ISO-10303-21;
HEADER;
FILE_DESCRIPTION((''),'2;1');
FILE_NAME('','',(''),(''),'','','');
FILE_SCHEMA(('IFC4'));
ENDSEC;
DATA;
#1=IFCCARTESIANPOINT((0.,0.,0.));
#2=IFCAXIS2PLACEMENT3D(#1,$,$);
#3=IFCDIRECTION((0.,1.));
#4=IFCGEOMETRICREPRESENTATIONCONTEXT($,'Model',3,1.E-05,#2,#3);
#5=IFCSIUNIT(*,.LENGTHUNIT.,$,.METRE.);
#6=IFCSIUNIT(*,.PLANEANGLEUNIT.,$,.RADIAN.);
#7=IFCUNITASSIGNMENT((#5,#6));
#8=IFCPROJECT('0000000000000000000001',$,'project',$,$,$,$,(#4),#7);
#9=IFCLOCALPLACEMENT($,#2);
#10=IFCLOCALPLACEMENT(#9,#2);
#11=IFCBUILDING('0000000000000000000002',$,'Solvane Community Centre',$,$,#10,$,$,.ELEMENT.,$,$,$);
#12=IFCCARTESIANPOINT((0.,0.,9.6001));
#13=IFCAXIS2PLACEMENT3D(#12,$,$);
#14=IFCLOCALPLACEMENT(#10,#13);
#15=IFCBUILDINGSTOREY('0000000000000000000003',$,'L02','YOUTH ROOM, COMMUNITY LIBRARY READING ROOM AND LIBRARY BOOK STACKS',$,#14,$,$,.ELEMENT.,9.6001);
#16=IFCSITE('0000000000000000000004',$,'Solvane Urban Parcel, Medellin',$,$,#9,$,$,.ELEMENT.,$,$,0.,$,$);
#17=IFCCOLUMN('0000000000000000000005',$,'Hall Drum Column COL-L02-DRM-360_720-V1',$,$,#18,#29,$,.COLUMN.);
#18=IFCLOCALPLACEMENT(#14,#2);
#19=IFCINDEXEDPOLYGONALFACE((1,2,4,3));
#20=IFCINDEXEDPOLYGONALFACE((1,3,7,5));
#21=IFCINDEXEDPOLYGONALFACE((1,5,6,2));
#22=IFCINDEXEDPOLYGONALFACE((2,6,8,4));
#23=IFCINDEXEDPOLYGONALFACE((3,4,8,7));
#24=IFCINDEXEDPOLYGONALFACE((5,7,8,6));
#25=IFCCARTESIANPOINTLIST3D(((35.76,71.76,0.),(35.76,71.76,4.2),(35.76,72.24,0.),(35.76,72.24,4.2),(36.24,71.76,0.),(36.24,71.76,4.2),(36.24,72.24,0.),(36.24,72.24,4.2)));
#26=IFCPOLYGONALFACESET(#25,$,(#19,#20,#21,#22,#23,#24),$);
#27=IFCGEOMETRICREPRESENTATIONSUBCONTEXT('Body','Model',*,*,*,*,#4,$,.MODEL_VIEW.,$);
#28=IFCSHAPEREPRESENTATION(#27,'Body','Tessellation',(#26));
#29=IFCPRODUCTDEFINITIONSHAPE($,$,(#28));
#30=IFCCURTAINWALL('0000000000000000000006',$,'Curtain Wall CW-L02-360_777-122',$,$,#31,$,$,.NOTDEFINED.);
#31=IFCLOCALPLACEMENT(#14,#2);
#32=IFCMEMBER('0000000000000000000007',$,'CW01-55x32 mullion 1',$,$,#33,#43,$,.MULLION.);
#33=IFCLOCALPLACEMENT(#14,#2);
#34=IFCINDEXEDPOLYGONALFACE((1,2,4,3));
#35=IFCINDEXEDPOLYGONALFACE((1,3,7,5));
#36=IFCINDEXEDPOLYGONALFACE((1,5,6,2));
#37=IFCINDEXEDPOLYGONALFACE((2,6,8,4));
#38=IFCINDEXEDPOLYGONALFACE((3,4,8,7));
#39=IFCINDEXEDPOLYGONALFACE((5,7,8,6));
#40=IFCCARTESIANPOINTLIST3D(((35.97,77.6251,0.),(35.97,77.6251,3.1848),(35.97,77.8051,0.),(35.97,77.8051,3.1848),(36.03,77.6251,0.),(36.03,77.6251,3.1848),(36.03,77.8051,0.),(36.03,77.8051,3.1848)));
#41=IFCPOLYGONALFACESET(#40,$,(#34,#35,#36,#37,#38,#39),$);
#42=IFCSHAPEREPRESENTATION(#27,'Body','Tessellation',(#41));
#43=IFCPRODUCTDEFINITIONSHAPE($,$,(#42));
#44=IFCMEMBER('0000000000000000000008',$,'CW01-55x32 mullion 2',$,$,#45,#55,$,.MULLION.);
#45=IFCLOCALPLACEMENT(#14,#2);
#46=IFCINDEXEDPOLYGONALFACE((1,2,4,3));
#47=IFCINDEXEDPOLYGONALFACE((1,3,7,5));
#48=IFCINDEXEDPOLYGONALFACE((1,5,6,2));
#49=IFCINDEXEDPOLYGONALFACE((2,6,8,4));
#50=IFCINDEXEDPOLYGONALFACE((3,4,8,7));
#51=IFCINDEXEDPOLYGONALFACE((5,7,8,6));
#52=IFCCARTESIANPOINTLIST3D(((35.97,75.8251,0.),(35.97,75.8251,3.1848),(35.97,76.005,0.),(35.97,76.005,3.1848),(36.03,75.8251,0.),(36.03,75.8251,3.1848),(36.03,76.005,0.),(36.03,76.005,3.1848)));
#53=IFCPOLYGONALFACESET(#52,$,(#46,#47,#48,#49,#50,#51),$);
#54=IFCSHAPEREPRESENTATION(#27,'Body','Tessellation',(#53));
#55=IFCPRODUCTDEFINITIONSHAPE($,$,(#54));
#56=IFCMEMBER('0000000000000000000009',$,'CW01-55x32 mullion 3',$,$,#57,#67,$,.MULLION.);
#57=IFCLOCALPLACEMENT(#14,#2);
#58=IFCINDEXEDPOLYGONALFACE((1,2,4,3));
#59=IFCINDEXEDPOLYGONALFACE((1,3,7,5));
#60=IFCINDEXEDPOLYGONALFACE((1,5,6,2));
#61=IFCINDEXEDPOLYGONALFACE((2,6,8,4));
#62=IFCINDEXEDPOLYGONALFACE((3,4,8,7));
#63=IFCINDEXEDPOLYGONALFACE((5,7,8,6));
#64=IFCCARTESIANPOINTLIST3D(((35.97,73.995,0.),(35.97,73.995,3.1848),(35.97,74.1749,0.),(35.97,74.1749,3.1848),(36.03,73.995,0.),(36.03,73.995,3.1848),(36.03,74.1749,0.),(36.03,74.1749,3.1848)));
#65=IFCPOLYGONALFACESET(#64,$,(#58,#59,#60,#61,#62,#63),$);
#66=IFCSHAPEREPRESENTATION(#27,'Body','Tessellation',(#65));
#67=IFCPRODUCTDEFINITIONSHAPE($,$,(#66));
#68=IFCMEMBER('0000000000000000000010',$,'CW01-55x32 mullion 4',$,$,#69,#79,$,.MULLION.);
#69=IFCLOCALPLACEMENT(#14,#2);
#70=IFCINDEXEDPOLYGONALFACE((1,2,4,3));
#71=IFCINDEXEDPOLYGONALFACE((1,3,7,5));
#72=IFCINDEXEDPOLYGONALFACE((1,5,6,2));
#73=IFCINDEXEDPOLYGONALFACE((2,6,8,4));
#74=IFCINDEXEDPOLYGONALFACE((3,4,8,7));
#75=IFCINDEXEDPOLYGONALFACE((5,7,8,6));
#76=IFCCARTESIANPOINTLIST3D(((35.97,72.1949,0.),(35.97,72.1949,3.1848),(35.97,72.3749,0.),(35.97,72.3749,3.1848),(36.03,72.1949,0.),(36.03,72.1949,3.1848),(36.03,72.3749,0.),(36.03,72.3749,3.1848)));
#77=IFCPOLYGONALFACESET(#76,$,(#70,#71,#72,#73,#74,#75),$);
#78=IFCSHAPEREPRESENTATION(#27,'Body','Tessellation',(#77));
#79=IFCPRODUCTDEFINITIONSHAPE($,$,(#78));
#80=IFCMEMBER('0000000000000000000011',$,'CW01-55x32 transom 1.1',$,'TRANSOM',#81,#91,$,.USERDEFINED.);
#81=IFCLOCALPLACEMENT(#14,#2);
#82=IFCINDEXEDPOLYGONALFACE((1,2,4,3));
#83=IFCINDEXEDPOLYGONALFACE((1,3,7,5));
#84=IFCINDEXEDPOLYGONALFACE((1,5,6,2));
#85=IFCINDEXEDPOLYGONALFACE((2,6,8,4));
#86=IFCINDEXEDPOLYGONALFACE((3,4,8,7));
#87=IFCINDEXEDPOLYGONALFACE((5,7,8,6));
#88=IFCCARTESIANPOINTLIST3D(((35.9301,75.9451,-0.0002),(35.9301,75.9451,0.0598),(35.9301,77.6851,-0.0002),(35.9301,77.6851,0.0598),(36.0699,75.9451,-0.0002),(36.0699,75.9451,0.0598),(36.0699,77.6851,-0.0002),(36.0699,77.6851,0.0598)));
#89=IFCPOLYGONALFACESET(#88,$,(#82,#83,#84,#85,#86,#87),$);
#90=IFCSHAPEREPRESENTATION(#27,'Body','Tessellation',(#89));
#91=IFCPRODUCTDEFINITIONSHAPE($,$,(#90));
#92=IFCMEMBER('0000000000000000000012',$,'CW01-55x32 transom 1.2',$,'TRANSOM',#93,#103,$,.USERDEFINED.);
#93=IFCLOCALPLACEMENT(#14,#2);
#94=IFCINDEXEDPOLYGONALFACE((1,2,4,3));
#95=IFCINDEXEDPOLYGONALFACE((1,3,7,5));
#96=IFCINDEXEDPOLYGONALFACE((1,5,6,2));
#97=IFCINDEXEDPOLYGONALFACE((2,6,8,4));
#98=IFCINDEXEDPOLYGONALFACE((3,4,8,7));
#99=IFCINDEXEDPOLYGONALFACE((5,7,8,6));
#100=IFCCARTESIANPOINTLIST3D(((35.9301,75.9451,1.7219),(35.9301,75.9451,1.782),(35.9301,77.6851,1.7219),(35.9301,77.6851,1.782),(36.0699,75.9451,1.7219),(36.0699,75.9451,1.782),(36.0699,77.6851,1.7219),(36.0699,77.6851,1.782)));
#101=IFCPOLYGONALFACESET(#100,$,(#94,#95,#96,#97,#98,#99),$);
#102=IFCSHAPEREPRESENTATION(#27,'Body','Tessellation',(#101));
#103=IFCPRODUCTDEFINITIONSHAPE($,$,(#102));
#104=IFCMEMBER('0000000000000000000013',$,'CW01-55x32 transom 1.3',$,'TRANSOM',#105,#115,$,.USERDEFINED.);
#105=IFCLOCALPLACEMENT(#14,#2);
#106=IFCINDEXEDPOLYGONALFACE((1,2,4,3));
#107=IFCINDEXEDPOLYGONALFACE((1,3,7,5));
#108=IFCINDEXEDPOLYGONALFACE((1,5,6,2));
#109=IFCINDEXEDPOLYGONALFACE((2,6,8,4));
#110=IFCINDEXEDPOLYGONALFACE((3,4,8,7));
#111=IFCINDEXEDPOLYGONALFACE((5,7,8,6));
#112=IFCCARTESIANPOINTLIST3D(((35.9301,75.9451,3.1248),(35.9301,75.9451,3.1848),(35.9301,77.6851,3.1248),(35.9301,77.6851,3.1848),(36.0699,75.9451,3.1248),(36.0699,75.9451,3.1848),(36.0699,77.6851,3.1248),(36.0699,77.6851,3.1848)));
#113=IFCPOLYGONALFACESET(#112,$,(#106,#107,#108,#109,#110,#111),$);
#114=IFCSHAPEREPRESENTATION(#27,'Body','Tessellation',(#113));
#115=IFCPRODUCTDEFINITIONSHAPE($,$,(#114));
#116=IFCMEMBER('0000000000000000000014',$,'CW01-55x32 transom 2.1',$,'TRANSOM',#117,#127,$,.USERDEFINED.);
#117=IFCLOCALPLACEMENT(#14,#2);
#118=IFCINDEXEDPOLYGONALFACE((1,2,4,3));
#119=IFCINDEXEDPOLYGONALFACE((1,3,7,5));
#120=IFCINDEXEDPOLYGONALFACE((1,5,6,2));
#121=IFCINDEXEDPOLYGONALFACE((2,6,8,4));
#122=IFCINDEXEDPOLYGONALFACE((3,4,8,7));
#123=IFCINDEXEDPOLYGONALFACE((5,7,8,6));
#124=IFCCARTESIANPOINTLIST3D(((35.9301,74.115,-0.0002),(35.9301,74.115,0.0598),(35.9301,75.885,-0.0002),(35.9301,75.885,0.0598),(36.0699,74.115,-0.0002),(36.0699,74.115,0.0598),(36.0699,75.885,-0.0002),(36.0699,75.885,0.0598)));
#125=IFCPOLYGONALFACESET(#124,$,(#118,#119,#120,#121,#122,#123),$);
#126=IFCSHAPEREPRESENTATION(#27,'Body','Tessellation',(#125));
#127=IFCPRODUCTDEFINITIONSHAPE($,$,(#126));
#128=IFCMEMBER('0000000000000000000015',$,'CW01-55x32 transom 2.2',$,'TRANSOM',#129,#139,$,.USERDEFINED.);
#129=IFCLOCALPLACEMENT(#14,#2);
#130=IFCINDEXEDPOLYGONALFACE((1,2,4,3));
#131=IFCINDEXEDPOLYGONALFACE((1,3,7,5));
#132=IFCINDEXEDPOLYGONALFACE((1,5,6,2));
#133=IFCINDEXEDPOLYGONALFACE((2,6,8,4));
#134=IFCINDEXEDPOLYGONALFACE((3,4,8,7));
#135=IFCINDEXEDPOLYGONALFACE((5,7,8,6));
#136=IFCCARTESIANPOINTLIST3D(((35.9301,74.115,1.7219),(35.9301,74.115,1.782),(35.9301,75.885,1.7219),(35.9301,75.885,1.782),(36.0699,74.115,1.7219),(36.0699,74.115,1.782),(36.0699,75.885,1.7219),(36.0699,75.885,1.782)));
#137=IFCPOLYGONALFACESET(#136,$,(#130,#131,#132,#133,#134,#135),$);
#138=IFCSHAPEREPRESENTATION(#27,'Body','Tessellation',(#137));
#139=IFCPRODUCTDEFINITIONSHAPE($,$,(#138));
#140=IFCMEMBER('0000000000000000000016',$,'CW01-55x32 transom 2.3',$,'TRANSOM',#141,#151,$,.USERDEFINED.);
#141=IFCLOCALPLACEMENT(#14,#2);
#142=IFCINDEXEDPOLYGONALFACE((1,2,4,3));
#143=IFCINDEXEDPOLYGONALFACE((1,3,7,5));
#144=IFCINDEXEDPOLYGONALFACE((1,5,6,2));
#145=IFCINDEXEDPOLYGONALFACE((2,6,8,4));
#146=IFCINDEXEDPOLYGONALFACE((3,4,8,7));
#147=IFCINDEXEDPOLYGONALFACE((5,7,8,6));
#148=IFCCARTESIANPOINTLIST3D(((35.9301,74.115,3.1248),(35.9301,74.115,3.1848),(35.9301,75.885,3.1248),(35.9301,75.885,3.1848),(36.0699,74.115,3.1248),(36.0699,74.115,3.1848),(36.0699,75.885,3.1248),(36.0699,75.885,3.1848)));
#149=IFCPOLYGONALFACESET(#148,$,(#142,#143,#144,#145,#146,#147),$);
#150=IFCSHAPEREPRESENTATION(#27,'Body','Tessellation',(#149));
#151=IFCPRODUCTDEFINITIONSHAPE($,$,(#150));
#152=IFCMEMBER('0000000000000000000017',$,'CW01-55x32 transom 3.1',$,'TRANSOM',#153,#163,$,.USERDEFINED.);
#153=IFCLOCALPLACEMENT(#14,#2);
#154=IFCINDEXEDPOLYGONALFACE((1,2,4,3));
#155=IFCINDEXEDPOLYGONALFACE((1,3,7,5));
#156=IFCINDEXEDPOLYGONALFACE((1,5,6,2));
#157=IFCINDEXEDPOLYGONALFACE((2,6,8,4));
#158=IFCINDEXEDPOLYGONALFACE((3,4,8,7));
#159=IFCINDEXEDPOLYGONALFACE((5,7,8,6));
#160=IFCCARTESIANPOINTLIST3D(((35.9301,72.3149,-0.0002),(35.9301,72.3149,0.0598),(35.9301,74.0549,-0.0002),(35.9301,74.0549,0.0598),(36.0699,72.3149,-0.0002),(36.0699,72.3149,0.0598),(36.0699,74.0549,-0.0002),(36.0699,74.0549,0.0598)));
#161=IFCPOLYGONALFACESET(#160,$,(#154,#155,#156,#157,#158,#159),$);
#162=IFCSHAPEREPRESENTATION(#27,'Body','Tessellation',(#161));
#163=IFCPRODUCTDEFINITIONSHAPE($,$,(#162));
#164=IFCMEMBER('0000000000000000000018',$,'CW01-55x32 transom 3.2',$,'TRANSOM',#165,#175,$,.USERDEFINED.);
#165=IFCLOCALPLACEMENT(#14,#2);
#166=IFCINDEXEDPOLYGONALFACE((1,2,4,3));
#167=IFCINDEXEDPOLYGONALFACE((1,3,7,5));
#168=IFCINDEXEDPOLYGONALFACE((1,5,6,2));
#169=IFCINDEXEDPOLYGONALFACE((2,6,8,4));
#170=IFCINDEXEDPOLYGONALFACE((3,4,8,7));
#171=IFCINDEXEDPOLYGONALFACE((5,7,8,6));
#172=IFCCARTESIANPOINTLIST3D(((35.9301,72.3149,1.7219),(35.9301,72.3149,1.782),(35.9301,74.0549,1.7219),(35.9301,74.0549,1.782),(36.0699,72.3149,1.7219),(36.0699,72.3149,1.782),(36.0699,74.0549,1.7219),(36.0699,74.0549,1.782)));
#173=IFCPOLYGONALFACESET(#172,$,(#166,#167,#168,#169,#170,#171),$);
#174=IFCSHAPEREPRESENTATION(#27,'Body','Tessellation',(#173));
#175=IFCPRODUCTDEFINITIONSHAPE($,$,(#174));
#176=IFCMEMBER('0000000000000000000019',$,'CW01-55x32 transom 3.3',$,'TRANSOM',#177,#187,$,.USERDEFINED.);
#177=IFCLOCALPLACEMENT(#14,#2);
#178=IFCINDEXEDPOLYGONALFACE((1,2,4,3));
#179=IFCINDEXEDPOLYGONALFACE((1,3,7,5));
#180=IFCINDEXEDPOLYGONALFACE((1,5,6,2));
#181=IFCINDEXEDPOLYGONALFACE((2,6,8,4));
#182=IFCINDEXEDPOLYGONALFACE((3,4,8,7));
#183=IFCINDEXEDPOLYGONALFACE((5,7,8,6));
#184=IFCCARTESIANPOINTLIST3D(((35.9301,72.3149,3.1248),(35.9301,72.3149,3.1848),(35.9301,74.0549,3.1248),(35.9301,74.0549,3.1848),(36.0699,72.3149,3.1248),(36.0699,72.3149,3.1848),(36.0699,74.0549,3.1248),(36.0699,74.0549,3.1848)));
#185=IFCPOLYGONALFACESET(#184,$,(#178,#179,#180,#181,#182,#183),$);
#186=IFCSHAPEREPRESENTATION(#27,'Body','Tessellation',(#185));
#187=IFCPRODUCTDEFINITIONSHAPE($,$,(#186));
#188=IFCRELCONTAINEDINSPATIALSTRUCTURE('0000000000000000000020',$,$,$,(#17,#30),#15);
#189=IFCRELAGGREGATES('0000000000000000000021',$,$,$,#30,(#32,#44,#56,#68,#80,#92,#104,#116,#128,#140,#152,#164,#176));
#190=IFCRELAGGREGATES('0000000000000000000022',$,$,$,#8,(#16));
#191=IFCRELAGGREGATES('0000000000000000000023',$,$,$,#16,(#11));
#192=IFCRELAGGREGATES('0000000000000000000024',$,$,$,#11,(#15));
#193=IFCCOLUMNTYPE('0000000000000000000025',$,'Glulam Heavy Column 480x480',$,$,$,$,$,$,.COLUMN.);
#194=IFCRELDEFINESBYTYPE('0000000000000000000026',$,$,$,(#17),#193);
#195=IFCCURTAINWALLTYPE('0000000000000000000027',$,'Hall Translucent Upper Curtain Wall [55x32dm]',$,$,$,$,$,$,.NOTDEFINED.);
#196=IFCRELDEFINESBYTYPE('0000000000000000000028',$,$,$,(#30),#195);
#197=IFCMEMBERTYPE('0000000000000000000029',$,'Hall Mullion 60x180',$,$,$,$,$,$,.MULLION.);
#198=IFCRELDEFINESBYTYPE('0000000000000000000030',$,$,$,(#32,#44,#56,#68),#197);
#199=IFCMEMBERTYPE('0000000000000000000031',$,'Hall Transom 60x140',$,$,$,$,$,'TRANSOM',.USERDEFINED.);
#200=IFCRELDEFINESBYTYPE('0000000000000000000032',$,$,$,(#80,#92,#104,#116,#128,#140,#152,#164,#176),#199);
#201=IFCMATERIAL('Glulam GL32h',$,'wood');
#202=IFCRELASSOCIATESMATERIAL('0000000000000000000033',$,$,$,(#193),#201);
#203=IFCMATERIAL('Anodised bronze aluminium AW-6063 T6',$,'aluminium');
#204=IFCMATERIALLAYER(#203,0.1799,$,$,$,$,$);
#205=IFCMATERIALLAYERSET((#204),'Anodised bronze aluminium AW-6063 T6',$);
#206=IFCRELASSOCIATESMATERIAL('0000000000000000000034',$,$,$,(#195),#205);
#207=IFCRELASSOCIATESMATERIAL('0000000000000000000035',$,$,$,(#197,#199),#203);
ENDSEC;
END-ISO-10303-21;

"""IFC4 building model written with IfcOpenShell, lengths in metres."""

from ifc_helpers import new_model, si_unit, direction, frame, origin, origin_2d, place, context, subcontext, project, spatial, rectangle, extrude, material, layer, layer_set, material_profile, profile_set, type_object, element, aggregate, save


model = new_model("IFC4")

# Units and contexts
model_context = context("Model", 3, precision=1e-05, world=origin(), true_north=direction((0.0, 1.0)))
body_context = subcontext(model_context, "Body", "Model", "MODEL_VIEW")
ifc_project = project(units=[si_unit("LENGTHUNIT", "METRE"), si_unit("PLANEANGLEUNIT", "RADIAN")], contexts=[model_context])

# Site, building, storey
site_placement = place(None, origin())
site = spatial("IfcSite", under=ifc_project, at=site_placement, Name="Solvane Urban Parcel, Medellin", CompositionType="ELEMENT", RefElevation=0.0)
building_placement = place(site_placement, origin())
building = spatial("IfcBuilding", under=site, at=building_placement, Name="Solvane Community Centre", CompositionType="ELEMENT")
storey_placement = place(building_placement, frame((0.0, 0.0, 9.6001)))
storey = spatial("IfcBuildingStorey", under=building, at=storey_placement, Name="L02", Description="YOUTH ROOM, COMMUNITY LIBRARY READING ROOM AND LIBRARY BOOK STACKS", CompositionType="ELEMENT", Elevation=9.6001)

# Column
ifc_material_1 = material(Name="Glulam GL32h", Category="wood")
ifc_material_profile_1 = material_profile(ifc_material_1, rectangle(XDim=0.48, YDim=0.48, at=origin_2d()), Name="GL32h 480x480")
ifc_profile_set_1 = profile_set([ifc_material_profile_1], Name="Glulam GL32h")
column_type = type_object("IfcColumnType", Name="Glulam Heavy Column 480x480", PredefinedType="COLUMN", material=ifc_profile_set_1)
column_placement = place(storey_placement, frame((36.0, 72.0, 0.0), z_axis=(0.0, 0.0, 1.0), x_axis=(1.0, 0.0, 0.0)))
element("IfcColumn", 1, at=column_placement, inside=storey, type_object=column_type, Name="Hall Drum Column COL-L02-DRM-360_720-V1", PredefinedType="COLUMN", context=body_context, shape_type="SweptSolid", body=[
    extrude(rectangle(XDim=0.48, YDim=0.48, at=origin_2d()), origin(), (0.0, 0.0, 1.0), 4.2),
])

# Curtain wall, members
ifc_material_2 = material(Name="Anodised bronze aluminium AW-6063 T6", Category="aluminium")
ifc_layer_1 = layer(ifc_material_2, 0.1799)
ifc_layer_set_1 = layer_set([ifc_layer_1], Name="Anodised bronze aluminium AW-6063 T6")
curtain_wall_type = type_object("IfcCurtainWallType", Name="Hall Translucent Upper Curtain Wall [55x32dm]", PredefinedType="NOTDEFINED", material=ifc_layer_set_1)
curtain_wall_placement = place(storey_placement, origin())
curtain_wall = element("IfcCurtainWall", 2, at=curtain_wall_placement, inside=storey, type_object=curtain_wall_type, Name="Curtain Wall CW-L02-360_777-122", PredefinedType="NOTDEFINED")
ifc_material_profile_2 = material_profile(ifc_material_2, rectangle(XDim=0.0601, YDim=0.1799, at=origin_2d()), Name="CW-M 60x180")
ifc_profile_set_2 = profile_set([ifc_material_profile_2], Name="Anodised bronze aluminium AW-6063 T6")
member_type_1 = type_object("IfcMemberType", Name="Hall Mullion 60x180", PredefinedType="MULLION", material=ifc_profile_set_2)
member_1_placement = place(storey_placement, frame((36.0, 77.7151, 0.0), z_axis=(0.0, 0.0, 1.0), x_axis=(1.0, 0.0, 0.0)))
member_1 = element("IfcMember", 3, at=member_1_placement, type_object=member_type_1, Name="CW01-55x32 mullion 1", PredefinedType="MULLION", context=body_context, shape_type="SweptSolid", body=[
    extrude(rectangle(XDim=0.0601, YDim=0.1799, at=origin_2d()), origin(), (0.0, 0.0, 1.0), 3.1848),
])
member_2_placement = place(storey_placement, frame((36.0, 75.915, 0.0), z_axis=(0.0, 0.0, 1.0), x_axis=(1.0, 0.0, 0.0)))
member_2 = element("IfcMember", 4, at=member_2_placement, type_object=member_type_1, Name="CW01-55x32 mullion 2", PredefinedType="MULLION", context=body_context, shape_type="SweptSolid", body=[
    extrude(rectangle(XDim=0.0601, YDim=0.1799, at=origin_2d()), origin(), (0.0, 0.0, 1.0), 3.1848),
])
member_3_placement = place(storey_placement, frame((36.0, 74.085, 0.0), z_axis=(0.0, 0.0, 1.0), x_axis=(1.0, 0.0, 0.0)))
member_3 = element("IfcMember", 5, at=member_3_placement, type_object=member_type_1, Name="CW01-55x32 mullion 3", PredefinedType="MULLION", context=body_context, shape_type="SweptSolid", body=[
    extrude(rectangle(XDim=0.0601, YDim=0.1799, at=origin_2d()), origin(), (0.0, 0.0, 1.0), 3.1848),
])
member_4_placement = place(storey_placement, frame((36.0, 72.2849, 0.0), z_axis=(0.0, 0.0, 1.0), x_axis=(1.0, 0.0, 0.0)))
member_4 = element("IfcMember", 6, at=member_4_placement, type_object=member_type_1, Name="CW01-55x32 mullion 4", PredefinedType="MULLION", context=body_context, shape_type="SweptSolid", body=[
    extrude(rectangle(XDim=0.0601, YDim=0.1799, at=origin_2d()), origin(), (0.0, 0.0, 1.0), 3.1848),
])
ifc_material_profile_3 = material_profile(ifc_material_2, rectangle(XDim=0.1399, YDim=0.0601, at=origin_2d()), Name="CW-T 60x140")
ifc_profile_set_3 = profile_set([ifc_material_profile_3], Name="Anodised bronze aluminium AW-6063 T6")
member_type_2 = type_object("IfcMemberType", Name="Hall Transom 60x140", ElementType="TRANSOM", PredefinedType="USERDEFINED", material=ifc_profile_set_3)
member_5_placement = place(storey_placement, frame((36.0, 77.6851, 0.0298), z_axis=(0.0, -1.0, 0.0), x_axis=(1.0, 0.0, 0.0)))
member_5 = element("IfcMember", 7, at=member_5_placement, type_object=member_type_2, Name="CW01-55x32 transom 1.1", ObjectType="TRANSOM", PredefinedType="USERDEFINED", context=body_context, shape_type="SweptSolid", body=[
    extrude(rectangle(XDim=0.1399, YDim=0.0601, at=origin_2d()), origin(), (0.0, 0.0, 1.0), 1.74),
])
member_6_placement = place(storey_placement, frame((36.0, 77.6851, 1.752), z_axis=(0.0, -1.0, 0.0), x_axis=(1.0, 0.0, 0.0)))
member_6 = element("IfcMember", 8, at=member_6_placement, type_object=member_type_2, Name="CW01-55x32 transom 1.2", ObjectType="TRANSOM", PredefinedType="USERDEFINED", context=body_context, shape_type="SweptSolid", body=[
    extrude(rectangle(XDim=0.1399, YDim=0.0601, at=origin_2d()), origin(), (0.0, 0.0, 1.0), 1.74),
])
member_7_placement = place(storey_placement, frame((36.0, 77.6851, 3.1548), z_axis=(0.0, -1.0, 0.0), x_axis=(1.0, 0.0, 0.0)))
member_7 = element("IfcMember", 9, at=member_7_placement, type_object=member_type_2, Name="CW01-55x32 transom 1.3", ObjectType="TRANSOM", PredefinedType="USERDEFINED", context=body_context, shape_type="SweptSolid", body=[
    extrude(rectangle(XDim=0.1399, YDim=0.0601, at=origin_2d()), origin(), (0.0, 0.0, 1.0), 1.74),
])
member_8_placement = place(storey_placement, frame((36.0, 75.885, 0.0298), z_axis=(0.0, -1.0, 0.0), x_axis=(1.0, 0.0, 0.0)))
member_8 = element("IfcMember", 10, at=member_8_placement, type_object=member_type_2, Name="CW01-55x32 transom 2.1", ObjectType="TRANSOM", PredefinedType="USERDEFINED", context=body_context, shape_type="SweptSolid", body=[
    extrude(rectangle(XDim=0.1399, YDim=0.0601, at=origin_2d()), origin(), (0.0, 0.0, 1.0), 1.77),
])
member_9_placement = place(storey_placement, frame((36.0, 75.885, 1.752), z_axis=(0.0, -1.0, 0.0), x_axis=(1.0, 0.0, 0.0)))
member_9 = element("IfcMember", 11, at=member_9_placement, type_object=member_type_2, Name="CW01-55x32 transom 2.2", ObjectType="TRANSOM", PredefinedType="USERDEFINED", context=body_context, shape_type="SweptSolid", body=[
    extrude(rectangle(XDim=0.1399, YDim=0.0601, at=origin_2d()), origin(), (0.0, 0.0, 1.0), 1.77),
])
member_10_placement = place(storey_placement, frame((36.0, 75.885, 3.1548), z_axis=(0.0, -1.0, 0.0), x_axis=(1.0, 0.0, 0.0)))
member_10 = element("IfcMember", 12, at=member_10_placement, type_object=member_type_2, Name="CW01-55x32 transom 2.3", ObjectType="TRANSOM", PredefinedType="USERDEFINED", context=body_context, shape_type="SweptSolid", body=[
    extrude(rectangle(XDim=0.1399, YDim=0.0601, at=origin_2d()), origin(), (0.0, 0.0, 1.0), 1.77),
])
member_11_placement = place(storey_placement, frame((36.0, 74.0549, 0.0298), z_axis=(0.0, -1.0, 0.0), x_axis=(1.0, 0.0, 0.0)))
member_11 = element("IfcMember", 13, at=member_11_placement, type_object=member_type_2, Name="CW01-55x32 transom 3.1", ObjectType="TRANSOM", PredefinedType="USERDEFINED", context=body_context, shape_type="SweptSolid", body=[
    extrude(rectangle(XDim=0.1399, YDim=0.0601, at=origin_2d()), origin(), (0.0, 0.0, 1.0), 1.74),
])
member_12_placement = place(storey_placement, frame((36.0, 74.0549, 1.752), z_axis=(0.0, -1.0, 0.0), x_axis=(1.0, 0.0, 0.0)))
member_12 = element("IfcMember", 14, at=member_12_placement, type_object=member_type_2, Name="CW01-55x32 transom 3.2", ObjectType="TRANSOM", PredefinedType="USERDEFINED", context=body_context, shape_type="SweptSolid", body=[
    extrude(rectangle(XDim=0.1399, YDim=0.0601, at=origin_2d()), origin(), (0.0, 0.0, 1.0), 1.74),
])
member_13_placement = place(storey_placement, frame((36.0, 74.0549, 3.1548), z_axis=(0.0, -1.0, 0.0), x_axis=(1.0, 0.0, 0.0)))
member_13 = element("IfcMember", 15, at=member_13_placement, type_object=member_type_2, Name="CW01-55x32 transom 3.3", ObjectType="TRANSOM", PredefinedType="USERDEFINED", context=body_context, shape_type="SweptSolid", body=[
    extrude(rectangle(XDim=0.1399, YDim=0.0601, at=origin_2d()), origin(), (0.0, 0.0, 1.0), 1.74),
])

aggregate(curtain_wall, [member_1, member_2, member_3, member_4, member_5, member_6, member_7, member_8, member_9, member_10, member_11, member_12, member_13])

save(model, "model.ifc")
